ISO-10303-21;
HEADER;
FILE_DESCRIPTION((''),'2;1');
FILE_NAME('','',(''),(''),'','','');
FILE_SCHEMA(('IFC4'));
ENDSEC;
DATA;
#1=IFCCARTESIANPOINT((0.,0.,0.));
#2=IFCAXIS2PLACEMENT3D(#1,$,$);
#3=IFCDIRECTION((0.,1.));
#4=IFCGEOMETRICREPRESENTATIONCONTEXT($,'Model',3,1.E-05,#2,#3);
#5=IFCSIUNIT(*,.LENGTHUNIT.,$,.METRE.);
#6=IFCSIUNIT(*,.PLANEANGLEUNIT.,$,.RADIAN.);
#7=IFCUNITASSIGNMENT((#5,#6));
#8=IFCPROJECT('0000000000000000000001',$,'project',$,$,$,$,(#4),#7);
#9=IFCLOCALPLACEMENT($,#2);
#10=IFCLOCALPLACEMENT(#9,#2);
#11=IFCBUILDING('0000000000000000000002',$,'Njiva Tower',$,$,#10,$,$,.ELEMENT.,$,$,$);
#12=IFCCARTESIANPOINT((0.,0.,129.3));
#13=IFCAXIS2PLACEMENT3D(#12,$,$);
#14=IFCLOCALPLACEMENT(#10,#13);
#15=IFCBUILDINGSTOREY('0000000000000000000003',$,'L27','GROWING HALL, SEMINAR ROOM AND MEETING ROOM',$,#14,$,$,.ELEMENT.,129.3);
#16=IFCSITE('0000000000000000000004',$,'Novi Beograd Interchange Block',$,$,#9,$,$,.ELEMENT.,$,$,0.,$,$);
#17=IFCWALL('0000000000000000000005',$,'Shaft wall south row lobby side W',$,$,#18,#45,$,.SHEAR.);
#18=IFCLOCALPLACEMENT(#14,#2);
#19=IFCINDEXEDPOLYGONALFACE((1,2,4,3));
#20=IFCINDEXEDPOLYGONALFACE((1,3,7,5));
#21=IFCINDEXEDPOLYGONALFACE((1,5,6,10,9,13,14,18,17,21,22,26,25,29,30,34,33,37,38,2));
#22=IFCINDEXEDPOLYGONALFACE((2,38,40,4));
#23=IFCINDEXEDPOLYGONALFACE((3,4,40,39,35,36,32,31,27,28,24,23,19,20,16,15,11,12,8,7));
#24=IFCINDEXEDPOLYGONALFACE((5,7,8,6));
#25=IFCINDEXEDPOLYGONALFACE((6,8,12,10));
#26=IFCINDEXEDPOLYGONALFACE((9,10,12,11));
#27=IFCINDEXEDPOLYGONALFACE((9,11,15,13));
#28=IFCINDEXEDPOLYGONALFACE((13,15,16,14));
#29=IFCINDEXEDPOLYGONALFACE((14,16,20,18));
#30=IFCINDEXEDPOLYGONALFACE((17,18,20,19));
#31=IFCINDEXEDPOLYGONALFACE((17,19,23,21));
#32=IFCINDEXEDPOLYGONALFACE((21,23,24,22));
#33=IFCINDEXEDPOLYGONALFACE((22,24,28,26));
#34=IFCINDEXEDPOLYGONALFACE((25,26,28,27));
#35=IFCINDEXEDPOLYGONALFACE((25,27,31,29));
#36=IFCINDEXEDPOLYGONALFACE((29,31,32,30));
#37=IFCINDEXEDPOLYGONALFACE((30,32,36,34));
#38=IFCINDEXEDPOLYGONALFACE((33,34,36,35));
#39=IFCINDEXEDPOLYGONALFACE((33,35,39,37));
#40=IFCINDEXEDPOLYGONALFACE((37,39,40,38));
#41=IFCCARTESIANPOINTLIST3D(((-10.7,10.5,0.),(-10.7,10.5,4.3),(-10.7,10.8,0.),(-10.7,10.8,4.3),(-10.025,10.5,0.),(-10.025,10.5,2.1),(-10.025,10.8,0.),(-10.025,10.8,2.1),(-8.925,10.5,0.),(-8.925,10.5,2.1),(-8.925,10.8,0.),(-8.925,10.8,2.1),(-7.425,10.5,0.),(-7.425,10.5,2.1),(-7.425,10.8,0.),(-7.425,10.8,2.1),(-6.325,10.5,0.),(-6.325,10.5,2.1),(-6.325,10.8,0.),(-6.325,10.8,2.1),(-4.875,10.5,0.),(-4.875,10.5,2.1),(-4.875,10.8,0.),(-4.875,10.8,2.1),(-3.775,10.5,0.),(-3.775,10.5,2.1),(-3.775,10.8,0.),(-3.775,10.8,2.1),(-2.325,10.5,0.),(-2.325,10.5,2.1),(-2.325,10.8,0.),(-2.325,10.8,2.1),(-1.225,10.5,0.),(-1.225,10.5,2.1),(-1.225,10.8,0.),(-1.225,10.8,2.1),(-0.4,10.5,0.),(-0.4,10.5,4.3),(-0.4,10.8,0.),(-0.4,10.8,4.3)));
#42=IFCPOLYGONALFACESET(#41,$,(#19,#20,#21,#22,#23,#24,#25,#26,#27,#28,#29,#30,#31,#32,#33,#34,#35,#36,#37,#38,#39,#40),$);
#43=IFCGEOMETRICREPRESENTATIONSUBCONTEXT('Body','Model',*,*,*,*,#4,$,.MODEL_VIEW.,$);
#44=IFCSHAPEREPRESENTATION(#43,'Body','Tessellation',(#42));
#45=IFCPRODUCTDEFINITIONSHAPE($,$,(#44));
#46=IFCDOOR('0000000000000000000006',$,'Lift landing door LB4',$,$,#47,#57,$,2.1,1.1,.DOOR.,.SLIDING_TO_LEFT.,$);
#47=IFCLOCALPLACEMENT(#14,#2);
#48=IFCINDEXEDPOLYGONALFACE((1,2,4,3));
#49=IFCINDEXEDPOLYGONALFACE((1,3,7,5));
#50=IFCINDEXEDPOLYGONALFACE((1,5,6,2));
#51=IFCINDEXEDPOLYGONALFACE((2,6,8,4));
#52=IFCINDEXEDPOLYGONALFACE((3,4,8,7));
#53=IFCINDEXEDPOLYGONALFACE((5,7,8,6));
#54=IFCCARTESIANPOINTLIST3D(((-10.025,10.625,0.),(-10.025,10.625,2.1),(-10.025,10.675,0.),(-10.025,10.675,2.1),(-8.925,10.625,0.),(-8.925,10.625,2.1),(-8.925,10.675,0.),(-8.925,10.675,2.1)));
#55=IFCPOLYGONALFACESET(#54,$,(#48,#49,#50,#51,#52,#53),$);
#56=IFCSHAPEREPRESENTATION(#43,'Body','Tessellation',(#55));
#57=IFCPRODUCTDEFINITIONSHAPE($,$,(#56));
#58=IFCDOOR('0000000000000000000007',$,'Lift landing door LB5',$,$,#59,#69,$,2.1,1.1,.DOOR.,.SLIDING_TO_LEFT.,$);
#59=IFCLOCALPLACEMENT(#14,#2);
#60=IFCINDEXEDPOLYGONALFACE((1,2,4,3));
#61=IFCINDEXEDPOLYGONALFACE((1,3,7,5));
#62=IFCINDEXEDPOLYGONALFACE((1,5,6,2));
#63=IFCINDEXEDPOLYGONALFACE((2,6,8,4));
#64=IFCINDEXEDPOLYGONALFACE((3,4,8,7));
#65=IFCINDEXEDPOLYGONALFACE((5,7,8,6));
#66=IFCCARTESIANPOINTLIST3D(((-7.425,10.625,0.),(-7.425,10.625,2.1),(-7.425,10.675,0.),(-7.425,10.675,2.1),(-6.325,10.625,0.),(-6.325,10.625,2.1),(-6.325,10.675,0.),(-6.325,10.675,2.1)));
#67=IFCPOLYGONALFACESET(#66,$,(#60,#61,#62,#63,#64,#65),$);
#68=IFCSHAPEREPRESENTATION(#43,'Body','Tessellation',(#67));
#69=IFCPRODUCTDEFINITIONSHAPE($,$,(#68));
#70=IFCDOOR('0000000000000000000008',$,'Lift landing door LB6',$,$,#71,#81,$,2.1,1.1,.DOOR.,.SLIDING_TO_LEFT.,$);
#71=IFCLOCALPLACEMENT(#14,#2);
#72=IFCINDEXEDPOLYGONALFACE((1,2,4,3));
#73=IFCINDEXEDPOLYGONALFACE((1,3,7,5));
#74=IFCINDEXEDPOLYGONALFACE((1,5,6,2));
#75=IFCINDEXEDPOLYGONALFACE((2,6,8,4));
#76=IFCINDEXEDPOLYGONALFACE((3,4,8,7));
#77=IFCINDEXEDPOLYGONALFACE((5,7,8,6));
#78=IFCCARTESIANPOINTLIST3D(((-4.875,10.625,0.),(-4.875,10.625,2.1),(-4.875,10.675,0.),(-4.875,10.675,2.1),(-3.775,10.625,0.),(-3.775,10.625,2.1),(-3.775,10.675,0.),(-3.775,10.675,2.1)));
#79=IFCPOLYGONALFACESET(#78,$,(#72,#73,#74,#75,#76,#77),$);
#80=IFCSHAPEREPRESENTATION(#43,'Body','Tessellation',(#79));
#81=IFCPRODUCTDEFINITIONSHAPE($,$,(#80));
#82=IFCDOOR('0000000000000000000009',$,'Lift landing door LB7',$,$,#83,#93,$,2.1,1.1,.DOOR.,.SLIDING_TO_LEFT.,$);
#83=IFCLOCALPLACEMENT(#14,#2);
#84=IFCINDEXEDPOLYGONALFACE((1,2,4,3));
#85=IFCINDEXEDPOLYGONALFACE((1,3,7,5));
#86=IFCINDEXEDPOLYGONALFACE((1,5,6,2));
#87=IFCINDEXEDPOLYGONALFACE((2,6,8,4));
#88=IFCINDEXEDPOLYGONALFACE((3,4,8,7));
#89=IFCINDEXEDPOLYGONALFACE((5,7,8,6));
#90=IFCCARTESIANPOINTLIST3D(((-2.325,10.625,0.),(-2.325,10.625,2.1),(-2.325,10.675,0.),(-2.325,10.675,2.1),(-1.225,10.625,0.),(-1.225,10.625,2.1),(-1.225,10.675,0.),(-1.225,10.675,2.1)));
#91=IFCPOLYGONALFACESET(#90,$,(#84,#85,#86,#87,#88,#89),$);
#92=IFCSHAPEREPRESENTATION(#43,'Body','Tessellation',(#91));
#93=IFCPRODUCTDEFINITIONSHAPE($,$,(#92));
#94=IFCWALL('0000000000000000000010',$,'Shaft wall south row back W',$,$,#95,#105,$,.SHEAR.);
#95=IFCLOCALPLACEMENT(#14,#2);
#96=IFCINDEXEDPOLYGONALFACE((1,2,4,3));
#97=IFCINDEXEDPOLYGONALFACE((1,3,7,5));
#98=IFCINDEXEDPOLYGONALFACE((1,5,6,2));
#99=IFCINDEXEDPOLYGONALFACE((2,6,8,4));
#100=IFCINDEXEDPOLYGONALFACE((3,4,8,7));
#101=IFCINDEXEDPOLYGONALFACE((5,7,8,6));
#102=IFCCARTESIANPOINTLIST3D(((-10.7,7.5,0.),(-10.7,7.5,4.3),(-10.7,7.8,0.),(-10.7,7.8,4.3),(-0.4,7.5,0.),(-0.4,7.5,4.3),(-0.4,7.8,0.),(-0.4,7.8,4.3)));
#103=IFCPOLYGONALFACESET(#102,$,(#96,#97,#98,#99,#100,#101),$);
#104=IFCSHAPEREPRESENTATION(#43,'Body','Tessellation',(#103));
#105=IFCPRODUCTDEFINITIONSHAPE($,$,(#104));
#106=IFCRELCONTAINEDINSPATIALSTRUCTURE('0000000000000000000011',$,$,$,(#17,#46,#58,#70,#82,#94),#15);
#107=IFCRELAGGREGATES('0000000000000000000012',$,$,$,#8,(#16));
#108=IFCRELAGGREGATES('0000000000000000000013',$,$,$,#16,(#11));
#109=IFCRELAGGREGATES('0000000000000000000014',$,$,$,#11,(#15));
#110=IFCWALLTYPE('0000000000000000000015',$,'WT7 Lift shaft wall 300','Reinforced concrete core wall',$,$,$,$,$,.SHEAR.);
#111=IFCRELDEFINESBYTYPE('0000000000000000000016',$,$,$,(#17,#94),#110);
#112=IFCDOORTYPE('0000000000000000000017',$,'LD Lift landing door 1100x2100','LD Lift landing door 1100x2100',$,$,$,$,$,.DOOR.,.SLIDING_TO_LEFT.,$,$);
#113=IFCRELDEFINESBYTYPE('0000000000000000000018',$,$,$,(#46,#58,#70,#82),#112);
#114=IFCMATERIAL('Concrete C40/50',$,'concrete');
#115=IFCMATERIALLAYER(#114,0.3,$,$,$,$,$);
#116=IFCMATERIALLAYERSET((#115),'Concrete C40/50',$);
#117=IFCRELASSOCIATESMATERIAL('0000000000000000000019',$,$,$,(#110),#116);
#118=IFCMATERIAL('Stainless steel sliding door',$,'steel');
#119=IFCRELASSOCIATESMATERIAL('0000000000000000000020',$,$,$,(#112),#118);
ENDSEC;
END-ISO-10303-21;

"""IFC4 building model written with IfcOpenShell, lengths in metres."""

from ifc_helpers import new_model, si_unit, direction, frame, frame_2d, origin, place, context, subcontext, project, spatial, rectangle, extrude, material, layer, layer_set, type_object, element, fill, save


model = new_model("IFC4")

# Units and contexts
model_context = context("Model", 3, precision=1e-05, world=origin(), true_north=direction((0.0, 1.0)))
body_context = subcontext(model_context, "Body", "Model", "MODEL_VIEW")
ifc_project = project(units=[si_unit("LENGTHUNIT", "METRE"), si_unit("PLANEANGLEUNIT", "RADIAN")], contexts=[model_context])

# Site, building, storey
site_placement = place(None, origin())
site = spatial("IfcSite", under=ifc_project, at=site_placement, Name="Novi Beograd Interchange Block", CompositionType="ELEMENT", RefElevation=0.0)
building_placement = place(site_placement, origin())
building = spatial("IfcBuilding", under=site, at=building_placement, Name="Njiva Tower", CompositionType="ELEMENT")
storey_placement = place(building_placement, frame((0.0, 0.0, 129.3)))
storey = spatial("IfcBuildingStorey", under=building, at=storey_placement, Name="L27", Description="GROWING HALL, SEMINAR ROOM AND MEETING ROOM", CompositionType="ELEMENT", Elevation=129.3)

# Shared definitions
ifc_material_1 = material(Name="Concrete C40/50", Category="concrete")

# Wall, openings, doors
ifc_layer_1 = layer(ifc_material_1, 0.3)
ifc_layer_set_1 = layer_set([ifc_layer_1], Name="Concrete C40/50")
wall_type_1 = type_object("IfcWallType", Name="WT7 Lift shaft wall 300", Description="Reinforced concrete core wall", PredefinedType="SHEAR", material=ifc_layer_set_1)
wall_1_placement = place(storey_placement, frame((-10.7, 10.65, 0.0), z_axis=(0.0, 0.0, 1.0), x_axis=(1.0, 0.0, 0.0)))
wall_1 = element("IfcWall", 1, at=wall_1_placement, inside=storey, type_object=wall_type_1, Name="Shaft wall south row lobby side W", PredefinedType="SHEAR", context=body_context, shape_type="SweptSolid", body=[
    extrude(rectangle(XDim=10.3, YDim=0.3, at=frame_2d((5.15, 0.0))), origin(), (0.0, 0.0, 1.0), 4.3),
])
opening_1_placement = place(wall_1_placement, frame((0.675, 0.0, 0.0)))
opening_1 = element("IfcOpeningElement", 2, at=opening_1_placement, cuts=wall_1, PredefinedType="OPENING", context=body_context, shape_type="SweptSolid", body=[
    extrude(rectangle(XDim=1.1, YDim=2.1, at=frame_2d((0.55, 1.05))), frame((0.0, 0.16, 0.0), z_axis=(0.0, -1.0, 0.0), x_axis=(1.0, 0.0, 0.0)), (0.0, 0.0, 1.0), 0.32),
])
opening_2_placement = place(wall_1_placement, frame((3.275, 0.0, 0.0)))
opening_2 = element("IfcOpeningElement", 3, at=opening_2_placement, cuts=wall_1, PredefinedType="OPENING", context=body_context, shape_type="SweptSolid", body=[
    extrude(rectangle(XDim=1.1, YDim=2.1, at=frame_2d((0.55, 1.05))), frame((0.0, 0.16, 0.0), z_axis=(0.0, -1.0, 0.0), x_axis=(1.0, 0.0, 0.0)), (0.0, 0.0, 1.0), 0.32),
])
opening_3_placement = place(wall_1_placement, frame((5.825, 0.0, 0.0)))
opening_3 = element("IfcOpeningElement", 4, at=opening_3_placement, cuts=wall_1, PredefinedType="OPENING", context=body_context, shape_type="SweptSolid", body=[
    extrude(rectangle(XDim=1.1, YDim=2.1, at=frame_2d((0.55, 1.05))), frame((0.0, 0.16, 0.0), z_axis=(0.0, -1.0, 0.0), x_axis=(1.0, 0.0, 0.0)), (0.0, 0.0, 1.0), 0.32),
])
opening_4_placement = place(wall_1_placement, frame((8.375, 0.0, 0.0)))
opening_4 = element("IfcOpeningElement", 5, at=opening_4_placement, cuts=wall_1, PredefinedType="OPENING", context=body_context, shape_type="SweptSolid", body=[
    extrude(rectangle(XDim=1.1, YDim=2.1, at=frame_2d((0.55, 1.05))), frame((0.0, 0.16, 0.0), z_axis=(0.0, -1.0, 0.0), x_axis=(1.0, 0.0, 0.0)), (0.0, 0.0, 1.0), 0.32),
])
ifc_material_2 = material(Name="Stainless steel sliding door", Category="steel")
door_type_1 = type_object("IfcDoorType", Name="LD Lift landing door 1100x2100", Description="LD Lift landing door 1100x2100", OperationType="SLIDING_TO_LEFT", PredefinedType="DOOR", material=ifc_material_2)
door_1_placement = place(opening_1_placement, origin())
door_1 = element("IfcDoor", 6, at=door_1_placement, inside=storey, type_object=door_type_1, Name="Lift landing door LB4", OperationType="SLIDING_TO_LEFT", OverallHeight=2.1, OverallWidth=1.1, PredefinedType="DOOR", context=body_context, shape_type="SweptSolid", body=[
    extrude(rectangle(XDim=1.1, YDim=2.1, at=frame_2d((0.55, 1.05))), frame((0.0, 0.025, 0.0), z_axis=(0.0, -1.0, 0.0), x_axis=(1.0, 0.0, 0.0)), (0.0, 0.0, 1.0), 0.05),
])
fill(opening_1, door_1)
door_2_placement = place(opening_2_placement, origin())
door_2 = element("IfcDoor", 7, at=door_2_placement, inside=storey, type_object=door_type_1, Name="Lift landing door LB5", OperationType="SLIDING_TO_LEFT", OverallHeight=2.1, OverallWidth=1.1, PredefinedType="DOOR", context=body_context, shape_type="SweptSolid", body=[
    extrude(rectangle(XDim=1.1, YDim=2.1, at=frame_2d((0.55, 1.05))), frame((0.0, 0.025, 0.0), z_axis=(0.0, -1.0, 0.0), x_axis=(1.0, 0.0, 0.0)), (0.0, 0.0, 1.0), 0.05),
])
fill(opening_2, door_2)
door_3_placement = place(opening_3_placement, origin())
door_3 = element("IfcDoor", 8, at=door_3_placement, inside=storey, type_object=door_type_1, Name="Lift landing door LB6", OperationType="SLIDING_TO_LEFT", OverallHeight=2.1, OverallWidth=1.1, PredefinedType="DOOR", context=body_context, shape_type="SweptSolid", body=[
    extrude(rectangle(XDim=1.1, YDim=2.1, at=frame_2d((0.55, 1.05))), frame((0.0, 0.025, 0.0), z_axis=(0.0, -1.0, 0.0), x_axis=(1.0, 0.0, 0.0)), (0.0, 0.0, 1.0), 0.05),
])
fill(opening_3, door_3)
door_4_placement = place(opening_4_placement, origin())
door_4 = element("IfcDoor", 9, at=door_4_placement, inside=storey, type_object=door_type_1, Name="Lift landing door LB7", OperationType="SLIDING_TO_LEFT", OverallHeight=2.1, OverallWidth=1.1, PredefinedType="DOOR", context=body_context, shape_type="SweptSolid", body=[
    extrude(rectangle(XDim=1.1, YDim=2.1, at=frame_2d((0.55, 1.05))), frame((0.0, 0.025, 0.0), z_axis=(0.0, -1.0, 0.0), x_axis=(1.0, 0.0, 0.0)), (0.0, 0.0, 1.0), 0.05),
])
fill(opening_4, door_4)

# Wall
wall_2_placement = place(storey_placement, frame((-10.7, 7.65, 0.0), z_axis=(0.0, 0.0, 1.0), x_axis=(1.0, 0.0, 0.0)))
element("IfcWall", 10, at=wall_2_placement, inside=storey, type_object=wall_type_1, Name="Shaft wall south row back W", PredefinedType="SHEAR", context=body_context, shape_type="SweptSolid", body=[
    extrude(rectangle(XDim=10.3, YDim=0.3, at=frame_2d((5.15, 0.0))), origin(), (0.0, 0.0, 1.0), 4.3),
])

save(model, "model.ifc")
